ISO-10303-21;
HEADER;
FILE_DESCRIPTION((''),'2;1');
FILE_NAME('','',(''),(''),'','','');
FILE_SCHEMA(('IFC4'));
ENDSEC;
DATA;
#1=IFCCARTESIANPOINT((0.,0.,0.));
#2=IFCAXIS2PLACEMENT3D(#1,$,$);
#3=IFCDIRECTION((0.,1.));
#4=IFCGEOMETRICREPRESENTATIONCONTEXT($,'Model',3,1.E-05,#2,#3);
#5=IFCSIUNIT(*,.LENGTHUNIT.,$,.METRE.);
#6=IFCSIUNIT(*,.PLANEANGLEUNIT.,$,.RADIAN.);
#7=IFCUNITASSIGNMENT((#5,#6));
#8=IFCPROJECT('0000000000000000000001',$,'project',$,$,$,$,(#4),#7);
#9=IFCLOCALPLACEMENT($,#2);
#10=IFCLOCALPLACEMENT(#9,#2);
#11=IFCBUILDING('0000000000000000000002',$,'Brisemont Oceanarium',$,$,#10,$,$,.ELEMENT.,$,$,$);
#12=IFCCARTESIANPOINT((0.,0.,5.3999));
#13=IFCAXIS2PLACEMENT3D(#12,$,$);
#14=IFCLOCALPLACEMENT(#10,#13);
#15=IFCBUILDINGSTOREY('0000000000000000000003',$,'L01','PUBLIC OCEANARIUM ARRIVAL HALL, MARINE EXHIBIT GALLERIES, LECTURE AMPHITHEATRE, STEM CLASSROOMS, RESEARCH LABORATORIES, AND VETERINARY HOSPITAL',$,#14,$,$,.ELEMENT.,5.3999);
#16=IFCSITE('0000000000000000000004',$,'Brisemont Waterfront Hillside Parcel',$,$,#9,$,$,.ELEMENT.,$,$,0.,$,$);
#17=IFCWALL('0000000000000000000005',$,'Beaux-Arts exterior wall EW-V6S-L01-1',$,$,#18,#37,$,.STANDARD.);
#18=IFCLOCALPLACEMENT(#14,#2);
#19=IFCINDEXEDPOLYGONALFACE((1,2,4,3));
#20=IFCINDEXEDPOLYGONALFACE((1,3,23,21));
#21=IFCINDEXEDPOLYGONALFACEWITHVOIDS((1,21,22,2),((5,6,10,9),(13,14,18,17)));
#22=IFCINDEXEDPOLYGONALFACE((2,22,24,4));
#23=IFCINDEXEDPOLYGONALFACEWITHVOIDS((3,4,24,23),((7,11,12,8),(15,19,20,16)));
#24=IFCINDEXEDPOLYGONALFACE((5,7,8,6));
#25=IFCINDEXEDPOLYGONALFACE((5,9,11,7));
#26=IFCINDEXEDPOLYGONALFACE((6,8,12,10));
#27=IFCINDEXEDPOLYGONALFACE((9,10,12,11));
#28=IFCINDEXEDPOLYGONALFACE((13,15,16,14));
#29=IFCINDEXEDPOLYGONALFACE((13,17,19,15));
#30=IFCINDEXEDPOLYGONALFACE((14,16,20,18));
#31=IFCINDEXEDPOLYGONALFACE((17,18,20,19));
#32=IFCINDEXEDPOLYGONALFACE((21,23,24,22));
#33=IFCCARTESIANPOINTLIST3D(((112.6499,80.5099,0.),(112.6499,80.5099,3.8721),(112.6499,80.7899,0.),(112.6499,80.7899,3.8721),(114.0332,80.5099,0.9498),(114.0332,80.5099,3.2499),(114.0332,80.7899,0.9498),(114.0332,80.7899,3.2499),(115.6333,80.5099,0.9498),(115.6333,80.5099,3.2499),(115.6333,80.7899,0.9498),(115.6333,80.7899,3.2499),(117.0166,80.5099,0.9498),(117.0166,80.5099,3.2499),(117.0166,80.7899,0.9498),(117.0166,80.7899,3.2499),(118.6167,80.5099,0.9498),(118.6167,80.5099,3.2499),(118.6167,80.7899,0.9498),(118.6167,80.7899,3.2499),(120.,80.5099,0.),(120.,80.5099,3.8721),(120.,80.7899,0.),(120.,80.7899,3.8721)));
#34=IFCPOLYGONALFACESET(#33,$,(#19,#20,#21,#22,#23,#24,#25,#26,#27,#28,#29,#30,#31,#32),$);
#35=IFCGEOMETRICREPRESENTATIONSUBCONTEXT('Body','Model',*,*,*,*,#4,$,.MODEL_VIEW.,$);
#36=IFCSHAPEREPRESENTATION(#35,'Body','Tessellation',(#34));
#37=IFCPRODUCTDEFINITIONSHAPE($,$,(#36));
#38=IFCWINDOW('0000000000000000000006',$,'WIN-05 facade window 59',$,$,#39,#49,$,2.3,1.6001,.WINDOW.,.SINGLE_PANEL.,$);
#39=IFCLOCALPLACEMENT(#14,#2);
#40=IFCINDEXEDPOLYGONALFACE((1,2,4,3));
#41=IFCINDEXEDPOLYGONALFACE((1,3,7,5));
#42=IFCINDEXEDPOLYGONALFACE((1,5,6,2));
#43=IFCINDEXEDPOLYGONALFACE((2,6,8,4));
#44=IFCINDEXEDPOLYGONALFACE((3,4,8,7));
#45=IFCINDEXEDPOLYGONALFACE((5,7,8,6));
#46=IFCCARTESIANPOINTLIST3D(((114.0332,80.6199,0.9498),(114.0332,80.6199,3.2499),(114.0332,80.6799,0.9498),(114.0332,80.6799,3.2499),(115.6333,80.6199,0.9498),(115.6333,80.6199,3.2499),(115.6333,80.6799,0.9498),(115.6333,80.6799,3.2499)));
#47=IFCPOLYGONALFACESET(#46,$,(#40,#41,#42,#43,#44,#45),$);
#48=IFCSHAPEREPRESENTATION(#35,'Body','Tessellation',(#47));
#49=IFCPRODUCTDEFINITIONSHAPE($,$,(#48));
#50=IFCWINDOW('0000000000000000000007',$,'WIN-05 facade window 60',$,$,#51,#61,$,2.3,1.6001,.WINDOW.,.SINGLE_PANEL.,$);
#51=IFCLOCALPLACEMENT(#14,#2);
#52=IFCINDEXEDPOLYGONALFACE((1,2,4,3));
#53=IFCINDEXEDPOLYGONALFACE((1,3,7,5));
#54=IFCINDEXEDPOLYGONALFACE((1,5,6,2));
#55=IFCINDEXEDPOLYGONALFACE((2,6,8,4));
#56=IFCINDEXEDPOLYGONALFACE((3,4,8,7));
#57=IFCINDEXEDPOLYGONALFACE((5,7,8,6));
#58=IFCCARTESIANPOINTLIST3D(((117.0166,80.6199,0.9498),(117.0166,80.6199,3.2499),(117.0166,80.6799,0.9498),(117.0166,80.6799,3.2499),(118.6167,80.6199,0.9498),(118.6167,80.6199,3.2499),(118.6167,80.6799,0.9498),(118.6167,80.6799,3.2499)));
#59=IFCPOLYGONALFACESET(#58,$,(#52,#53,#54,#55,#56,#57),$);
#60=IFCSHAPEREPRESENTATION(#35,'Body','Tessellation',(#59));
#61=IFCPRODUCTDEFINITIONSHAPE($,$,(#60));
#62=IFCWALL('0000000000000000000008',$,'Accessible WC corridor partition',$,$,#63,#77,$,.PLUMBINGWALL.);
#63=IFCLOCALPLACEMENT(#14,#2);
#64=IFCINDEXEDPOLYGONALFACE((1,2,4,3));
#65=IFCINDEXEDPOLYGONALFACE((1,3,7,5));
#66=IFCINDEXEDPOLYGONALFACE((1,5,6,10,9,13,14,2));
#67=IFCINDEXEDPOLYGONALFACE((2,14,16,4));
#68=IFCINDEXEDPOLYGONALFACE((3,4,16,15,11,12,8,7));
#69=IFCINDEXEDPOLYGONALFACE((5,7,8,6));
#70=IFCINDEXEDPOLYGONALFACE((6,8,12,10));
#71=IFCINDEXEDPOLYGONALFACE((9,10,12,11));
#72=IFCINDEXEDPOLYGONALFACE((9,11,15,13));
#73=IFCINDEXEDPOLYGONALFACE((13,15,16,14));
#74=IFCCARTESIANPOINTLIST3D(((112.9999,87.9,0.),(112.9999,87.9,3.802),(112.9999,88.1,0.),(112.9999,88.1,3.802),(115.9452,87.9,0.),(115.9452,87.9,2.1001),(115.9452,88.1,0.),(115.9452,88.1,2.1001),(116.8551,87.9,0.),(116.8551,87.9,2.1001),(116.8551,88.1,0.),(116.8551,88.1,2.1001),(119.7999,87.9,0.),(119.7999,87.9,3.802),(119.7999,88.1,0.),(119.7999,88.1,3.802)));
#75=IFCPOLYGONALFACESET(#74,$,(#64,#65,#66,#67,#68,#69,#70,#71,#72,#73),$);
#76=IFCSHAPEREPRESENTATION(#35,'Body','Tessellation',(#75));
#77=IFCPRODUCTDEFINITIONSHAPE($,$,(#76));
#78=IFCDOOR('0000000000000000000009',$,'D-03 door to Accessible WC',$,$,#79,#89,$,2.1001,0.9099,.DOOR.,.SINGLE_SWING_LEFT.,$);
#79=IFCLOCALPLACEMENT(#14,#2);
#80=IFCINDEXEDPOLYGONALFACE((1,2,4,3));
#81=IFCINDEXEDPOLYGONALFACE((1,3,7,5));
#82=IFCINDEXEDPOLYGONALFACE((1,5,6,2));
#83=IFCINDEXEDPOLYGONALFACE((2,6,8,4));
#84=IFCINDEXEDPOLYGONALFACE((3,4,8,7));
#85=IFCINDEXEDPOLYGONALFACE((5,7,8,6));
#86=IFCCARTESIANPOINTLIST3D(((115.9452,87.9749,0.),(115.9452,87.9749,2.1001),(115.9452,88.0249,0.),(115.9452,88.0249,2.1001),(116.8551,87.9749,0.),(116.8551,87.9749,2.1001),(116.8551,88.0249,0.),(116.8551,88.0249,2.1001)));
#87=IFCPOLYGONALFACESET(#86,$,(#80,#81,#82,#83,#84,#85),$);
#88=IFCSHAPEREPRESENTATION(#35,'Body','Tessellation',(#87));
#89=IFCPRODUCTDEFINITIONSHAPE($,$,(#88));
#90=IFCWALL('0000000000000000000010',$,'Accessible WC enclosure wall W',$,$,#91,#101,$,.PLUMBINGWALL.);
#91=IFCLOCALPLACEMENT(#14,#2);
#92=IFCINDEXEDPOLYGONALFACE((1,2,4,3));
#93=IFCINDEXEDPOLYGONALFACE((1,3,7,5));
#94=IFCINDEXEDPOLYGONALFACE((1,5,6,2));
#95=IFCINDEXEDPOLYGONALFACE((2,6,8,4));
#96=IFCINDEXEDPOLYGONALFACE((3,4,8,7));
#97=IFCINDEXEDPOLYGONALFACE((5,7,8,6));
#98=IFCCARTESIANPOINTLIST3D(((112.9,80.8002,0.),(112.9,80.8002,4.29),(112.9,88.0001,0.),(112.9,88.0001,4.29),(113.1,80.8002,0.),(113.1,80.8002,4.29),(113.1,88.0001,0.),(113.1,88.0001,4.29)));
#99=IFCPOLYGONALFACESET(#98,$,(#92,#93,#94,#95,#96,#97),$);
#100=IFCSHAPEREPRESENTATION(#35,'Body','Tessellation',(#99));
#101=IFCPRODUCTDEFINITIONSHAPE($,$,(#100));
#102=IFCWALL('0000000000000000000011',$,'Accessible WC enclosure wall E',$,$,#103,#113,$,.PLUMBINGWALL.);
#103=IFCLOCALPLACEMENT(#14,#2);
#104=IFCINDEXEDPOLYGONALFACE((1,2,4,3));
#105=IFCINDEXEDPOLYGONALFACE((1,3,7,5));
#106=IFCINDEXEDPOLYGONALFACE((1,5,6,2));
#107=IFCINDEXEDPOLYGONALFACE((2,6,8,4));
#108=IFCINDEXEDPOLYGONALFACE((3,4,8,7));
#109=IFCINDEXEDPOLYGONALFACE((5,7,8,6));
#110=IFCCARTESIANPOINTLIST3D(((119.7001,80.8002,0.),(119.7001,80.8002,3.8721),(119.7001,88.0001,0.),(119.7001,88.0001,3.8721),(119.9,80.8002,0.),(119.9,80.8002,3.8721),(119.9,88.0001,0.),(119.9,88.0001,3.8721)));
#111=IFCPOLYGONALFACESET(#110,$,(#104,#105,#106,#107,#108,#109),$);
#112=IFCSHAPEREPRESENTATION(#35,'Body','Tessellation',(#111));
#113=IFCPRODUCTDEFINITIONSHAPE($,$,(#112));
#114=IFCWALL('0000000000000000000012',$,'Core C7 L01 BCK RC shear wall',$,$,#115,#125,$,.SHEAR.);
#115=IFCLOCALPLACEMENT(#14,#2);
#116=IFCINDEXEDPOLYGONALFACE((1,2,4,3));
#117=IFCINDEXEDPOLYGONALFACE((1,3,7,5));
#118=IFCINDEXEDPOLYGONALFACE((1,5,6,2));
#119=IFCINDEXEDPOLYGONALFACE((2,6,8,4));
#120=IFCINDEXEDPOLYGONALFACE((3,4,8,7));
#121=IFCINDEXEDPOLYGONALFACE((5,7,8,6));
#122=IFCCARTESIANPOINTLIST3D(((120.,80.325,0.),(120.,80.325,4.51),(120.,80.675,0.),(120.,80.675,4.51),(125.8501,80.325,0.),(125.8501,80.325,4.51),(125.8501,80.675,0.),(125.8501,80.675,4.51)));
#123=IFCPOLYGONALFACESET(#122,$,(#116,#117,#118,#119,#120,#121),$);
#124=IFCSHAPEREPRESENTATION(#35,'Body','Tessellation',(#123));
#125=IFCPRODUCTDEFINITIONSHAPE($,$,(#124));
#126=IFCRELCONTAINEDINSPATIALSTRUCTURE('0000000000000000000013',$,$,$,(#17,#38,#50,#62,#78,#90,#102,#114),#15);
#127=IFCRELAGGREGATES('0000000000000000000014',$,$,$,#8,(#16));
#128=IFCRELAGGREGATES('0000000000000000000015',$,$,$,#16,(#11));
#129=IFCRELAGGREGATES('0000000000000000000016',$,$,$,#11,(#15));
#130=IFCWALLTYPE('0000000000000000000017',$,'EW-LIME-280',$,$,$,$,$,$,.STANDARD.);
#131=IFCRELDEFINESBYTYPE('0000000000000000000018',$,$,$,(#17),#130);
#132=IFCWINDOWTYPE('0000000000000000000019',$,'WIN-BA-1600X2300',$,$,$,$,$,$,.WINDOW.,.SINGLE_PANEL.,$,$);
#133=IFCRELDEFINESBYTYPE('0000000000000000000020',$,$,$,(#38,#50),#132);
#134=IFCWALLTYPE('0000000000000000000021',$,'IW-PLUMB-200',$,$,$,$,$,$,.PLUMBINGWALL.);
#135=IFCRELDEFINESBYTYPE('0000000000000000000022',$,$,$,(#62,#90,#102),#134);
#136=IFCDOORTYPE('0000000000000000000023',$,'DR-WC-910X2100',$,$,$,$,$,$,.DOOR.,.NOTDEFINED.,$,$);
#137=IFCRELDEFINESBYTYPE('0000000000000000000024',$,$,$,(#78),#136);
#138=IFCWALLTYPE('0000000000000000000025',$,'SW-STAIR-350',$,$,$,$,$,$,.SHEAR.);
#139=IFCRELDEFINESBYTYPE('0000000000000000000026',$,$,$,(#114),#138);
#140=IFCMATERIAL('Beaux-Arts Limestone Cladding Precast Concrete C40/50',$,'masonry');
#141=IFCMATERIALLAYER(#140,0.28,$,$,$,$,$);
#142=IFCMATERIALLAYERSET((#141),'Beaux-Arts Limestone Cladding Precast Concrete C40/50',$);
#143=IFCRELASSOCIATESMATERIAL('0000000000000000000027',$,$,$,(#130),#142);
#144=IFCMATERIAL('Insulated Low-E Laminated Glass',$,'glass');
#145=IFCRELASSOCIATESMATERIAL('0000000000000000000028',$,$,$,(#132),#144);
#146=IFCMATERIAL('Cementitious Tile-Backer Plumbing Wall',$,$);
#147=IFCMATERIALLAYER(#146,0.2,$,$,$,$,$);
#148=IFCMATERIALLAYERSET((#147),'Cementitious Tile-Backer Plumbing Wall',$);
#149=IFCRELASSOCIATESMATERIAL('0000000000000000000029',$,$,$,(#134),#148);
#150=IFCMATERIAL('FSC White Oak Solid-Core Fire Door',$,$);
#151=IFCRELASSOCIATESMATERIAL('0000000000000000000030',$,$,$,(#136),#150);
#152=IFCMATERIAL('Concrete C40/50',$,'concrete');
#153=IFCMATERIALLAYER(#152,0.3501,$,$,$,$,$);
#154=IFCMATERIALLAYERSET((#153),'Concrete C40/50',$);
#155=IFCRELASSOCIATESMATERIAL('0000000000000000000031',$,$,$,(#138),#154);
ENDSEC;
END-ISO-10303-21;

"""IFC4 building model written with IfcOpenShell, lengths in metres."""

from ifc_helpers import new_model, si_unit, direction, frame, frame_2d, origin, place, context, subcontext, project, spatial, rectangle, extrude, material, layer, layer_set, type_object, element, fill, save


model = new_model("IFC4")

# Units and contexts
model_context = context("Model", 3, precision=1e-05, world=origin(), true_north=direction((0.0, 1.0)))
body_context = subcontext(model_context, "Body", "Model", "MODEL_VIEW")
ifc_project = project(units=[si_unit("LENGTHUNIT", "METRE"), si_unit("PLANEANGLEUNIT", "RADIAN")], contexts=[model_context])

# Site, building, storey
site_placement = place(None, origin())
site = spatial("IfcSite", under=ifc_project, at=site_placement, Name="Brisemont Waterfront Hillside Parcel", CompositionType="ELEMENT", RefElevation=0.0)
building_placement = place(site_placement, origin())
building = spatial("IfcBuilding", under=site, at=building_placement, Name="Brisemont Oceanarium", CompositionType="ELEMENT")
storey_placement = place(building_placement, frame((0.0, 0.0, 5.3999)))
storey = spatial("IfcBuildingStorey", under=building, at=storey_placement, Name="L01", Description="PUBLIC OCEANARIUM ARRIVAL HALL, MARINE EXHIBIT GALLERIES, LECTURE AMPHITHEATRE, STEM CLASSROOMS, RESEARCH LABORATORIES, AND VETERINARY HOSPITAL", CompositionType="ELEMENT", Elevation=5.3999)

# Wall, openings, windows
ifc_material_1 = material(Name="Beaux-Arts Limestone Cladding Precast Concrete C40/50", Category="masonry")
ifc_layer_1 = layer(ifc_material_1, 0.28)
ifc_layer_set_1 = layer_set([ifc_layer_1], Name="Beaux-Arts Limestone Cladding Precast Concrete C40/50")
wall_type_1 = type_object("IfcWallType", Name="EW-LIME-280", PredefinedType="STANDARD", material=ifc_layer_set_1)
wall_1_placement = place(storey_placement, frame((112.6499, 80.6499, 0.0), z_axis=(0.0, 0.0, 1.0), x_axis=(1.0, 0.0, 0.0)))
wall_1 = element("IfcWall", 1, at=wall_1_placement, inside=storey, type_object=wall_type_1, Name="Beaux-Arts exterior wall EW-V6S-L01-1", PredefinedType="STANDARD", context=body_context, shape_type="SweptSolid", body=[
    extrude(rectangle(XDim=7.3501, YDim=0.28, at=frame_2d((3.675, 0.0))), origin(), (0.0, 0.0, 1.0), 3.8721),
])
opening_1_placement = place(wall_1_placement, frame((1.3833, 0.0, 0.95)))
opening_1 = element("IfcOpeningElement", 2, at=opening_1_placement, cuts=wall_1, PredefinedType="OPENING", context=body_context, shape_type="SweptSolid", body=[
    extrude(rectangle(XDim=1.6001, YDim=2.3, at=frame_2d((0.8, 1.1499))), frame((0.0, 0.1499, 0.0), z_axis=(0.0, -1.0, 0.0), x_axis=(1.0, 0.0, 0.0)), (0.0, 0.0, 1.0), 0.3),
])
opening_2_placement = place(wall_1_placement, frame((4.3667, 0.0, 0.95)))
opening_2 = element("IfcOpeningElement", 3, at=opening_2_placement, cuts=wall_1, PredefinedType="OPENING", context=body_context, shape_type="SweptSolid", body=[
    extrude(rectangle(XDim=1.6001, YDim=2.3, at=frame_2d((0.8, 1.1499))), frame((0.0, 0.1499, 0.0), z_axis=(0.0, -1.0, 0.0), x_axis=(1.0, 0.0, 0.0)), (0.0, 0.0, 1.0), 0.3),
])
ifc_material_2 = material(Name="Insulated Low-E Laminated Glass", Category="glass")
window_type = type_object("IfcWindowType", Name="WIN-BA-1600X2300", PartitioningType="SINGLE_PANEL", PredefinedType="WINDOW", material=ifc_material_2)
window_1_placement = place(opening_1_placement, origin())
window_1 = element("IfcWindow", 4, at=window_1_placement, inside=storey, type_object=window_type, Name="WIN-05 facade window 59", OverallHeight=2.3, OverallWidth=1.6001, PartitioningType="SINGLE_PANEL", PredefinedType="WINDOW", context=body_context, shape_type="SweptSolid", body=[
    extrude(rectangle(XDim=1.6001, YDim=2.3, at=frame_2d((0.8, 1.1499))), frame((0.0, 0.03, 0.0), z_axis=(0.0, -1.0, 0.0), x_axis=(1.0, 0.0, 0.0)), (0.0, 0.0, 1.0), 0.0601),
])
fill(opening_1, window_1)
window_2_placement = place(opening_2_placement, origin())
window_2 = element("IfcWindow", 5, at=window_2_placement, inside=storey, type_object=window_type, Name="WIN-05 facade window 60", OverallHeight=2.3, OverallWidth=1.6001, PartitioningType="SINGLE_PANEL", PredefinedType="WINDOW", context=body_context, shape_type="SweptSolid", body=[
    extrude(rectangle(XDim=1.6001, YDim=2.3, at=frame_2d((0.8, 1.1499))), frame((0.0, 0.03, 0.0), z_axis=(0.0, -1.0, 0.0), x_axis=(1.0, 0.0, 0.0)), (0.0, 0.0, 1.0), 0.0601),
])
fill(opening_2, window_2)

# Wall, opening, door
ifc_material_3 = material(Name="Cementitious Tile-Backer Plumbing Wall")
ifc_layer_2 = layer(ifc_material_3, 0.2)
ifc_layer_set_2 = layer_set([ifc_layer_2], Name="Cementitious Tile-Backer Plumbing Wall")
wall_type_2 = type_object("IfcWallType", Name="IW-PLUMB-200", PredefinedType="PLUMBINGWALL", material=ifc_layer_set_2)
wall_2_placement = place(storey_placement, frame((113.0, 88.0, 0.0), z_axis=(0.0, 0.0, 1.0), x_axis=(1.0, 0.0, 0.0)))
wall_2 = element("IfcWall", 6, at=wall_2_placement, inside=storey, type_object=wall_type_2, Name="Accessible WC corridor partition", PredefinedType="PLUMBINGWALL", context=body_context, shape_type="SweptSolid", body=[
    extrude(rectangle(XDim=6.8, YDim=0.2, at=frame_2d((3.3999, 0.0))), origin(), (0.0, 0.0, 1.0), 3.802),
])
opening_3_placement = place(wall_2_placement, frame((2.9451, 0.0, 0.0)))
opening_3 = element("IfcOpeningElement", 7, at=opening_3_placement, cuts=wall_2, PredefinedType="OPENING", context=body_context, shape_type="SweptSolid", body=[
    extrude(rectangle(XDim=0.9099, YDim=2.1001, at=frame_2d((0.4551, 1.05))), frame((0.0, 0.1099, 0.0), z_axis=(0.0, -1.0, 0.0), x_axis=(1.0, 0.0, 0.0)), (0.0, 0.0, 1.0), 0.22),
])
ifc_material_4 = material(Name="FSC White Oak Solid-Core Fire Door")
door_type = type_object("IfcDoorType", Name="DR-WC-910X2100", OperationType="NOTDEFINED", PredefinedType="DOOR", material=ifc_material_4)
door_placement = place(opening_3_placement, origin())
door = element("IfcDoor", 8, at=door_placement, inside=storey, type_object=door_type, Name="D-03 door to Accessible WC", OperationType="SINGLE_SWING_LEFT", OverallHeight=2.1001, OverallWidth=0.9099, PredefinedType="DOOR", context=body_context, shape_type="SweptSolid", body=[
    extrude(rectangle(XDim=0.9099, YDim=2.1001, at=frame_2d((0.4551, 1.05))), frame((0.0, 0.0249, 0.0), z_axis=(0.0, -1.0, 0.0), x_axis=(1.0, 0.0, 0.0)), (0.0, 0.0, 1.0), 0.05),
])
fill(opening_3, door)

# Walls
wall_3_placement = place(storey_placement, frame((113.0, 80.8, 0.0), z_axis=(0.0, 0.0, 1.0), x_axis=(0.0, 1.0, 0.0)))
element("IfcWall", 9, at=wall_3_placement, inside=storey, type_object=wall_type_2, Name="Accessible WC enclosure wall W", PredefinedType="PLUMBINGWALL", context=body_context, shape_type="SweptSolid", body=[
    extrude(rectangle(XDim=7.2, YDim=0.2, at=frame_2d((3.6001, 0.0))), origin(), (0.0, 0.0, 1.0), 4.29),
])
wall_4_placement = place(storey_placement, frame((119.8, 80.8, 0.0), z_axis=(0.0, 0.0, 1.0), x_axis=(0.0, 1.0, 0.0)))
element("IfcWall", 10, at=wall_4_placement, inside=storey, type_object=wall_type_2, Name="Accessible WC enclosure wall E", PredefinedType="PLUMBINGWALL", context=body_context, shape_type="SweptSolid", body=[
    extrude(rectangle(XDim=7.2, YDim=0.2, at=frame_2d((3.6001, 0.0))), origin(), (0.0, 0.0, 1.0), 3.8721),
])
ifc_material_5 = material(Name="Concrete C40/50", Category="concrete")
ifc_layer_3 = layer(ifc_material_5, 0.3501)
ifc_layer_set_3 = layer_set([ifc_layer_3], Name="Concrete C40/50")
wall_type_3 = type_object("IfcWallType", Name="SW-STAIR-350", PredefinedType="SHEAR", material=ifc_layer_set_3)
wall_5_placement = place(storey_placement, frame((120.0, 80.5, 0.0), z_axis=(0.0, 0.0, 1.0), x_axis=(1.0, 0.0, 0.0)))
element("IfcWall", 11, at=wall_5_placement, inside=storey, type_object=wall_type_3, Name="Core C7 L01 BCK RC shear wall", PredefinedType="SHEAR", context=body_context, shape_type="SweptSolid", body=[
    extrude(rectangle(XDim=5.8501, YDim=0.3501, at=frame_2d((2.925, 0.0))), origin(), (0.0, 0.0, 1.0), 4.51),
])

save(model, "model.ifc")
